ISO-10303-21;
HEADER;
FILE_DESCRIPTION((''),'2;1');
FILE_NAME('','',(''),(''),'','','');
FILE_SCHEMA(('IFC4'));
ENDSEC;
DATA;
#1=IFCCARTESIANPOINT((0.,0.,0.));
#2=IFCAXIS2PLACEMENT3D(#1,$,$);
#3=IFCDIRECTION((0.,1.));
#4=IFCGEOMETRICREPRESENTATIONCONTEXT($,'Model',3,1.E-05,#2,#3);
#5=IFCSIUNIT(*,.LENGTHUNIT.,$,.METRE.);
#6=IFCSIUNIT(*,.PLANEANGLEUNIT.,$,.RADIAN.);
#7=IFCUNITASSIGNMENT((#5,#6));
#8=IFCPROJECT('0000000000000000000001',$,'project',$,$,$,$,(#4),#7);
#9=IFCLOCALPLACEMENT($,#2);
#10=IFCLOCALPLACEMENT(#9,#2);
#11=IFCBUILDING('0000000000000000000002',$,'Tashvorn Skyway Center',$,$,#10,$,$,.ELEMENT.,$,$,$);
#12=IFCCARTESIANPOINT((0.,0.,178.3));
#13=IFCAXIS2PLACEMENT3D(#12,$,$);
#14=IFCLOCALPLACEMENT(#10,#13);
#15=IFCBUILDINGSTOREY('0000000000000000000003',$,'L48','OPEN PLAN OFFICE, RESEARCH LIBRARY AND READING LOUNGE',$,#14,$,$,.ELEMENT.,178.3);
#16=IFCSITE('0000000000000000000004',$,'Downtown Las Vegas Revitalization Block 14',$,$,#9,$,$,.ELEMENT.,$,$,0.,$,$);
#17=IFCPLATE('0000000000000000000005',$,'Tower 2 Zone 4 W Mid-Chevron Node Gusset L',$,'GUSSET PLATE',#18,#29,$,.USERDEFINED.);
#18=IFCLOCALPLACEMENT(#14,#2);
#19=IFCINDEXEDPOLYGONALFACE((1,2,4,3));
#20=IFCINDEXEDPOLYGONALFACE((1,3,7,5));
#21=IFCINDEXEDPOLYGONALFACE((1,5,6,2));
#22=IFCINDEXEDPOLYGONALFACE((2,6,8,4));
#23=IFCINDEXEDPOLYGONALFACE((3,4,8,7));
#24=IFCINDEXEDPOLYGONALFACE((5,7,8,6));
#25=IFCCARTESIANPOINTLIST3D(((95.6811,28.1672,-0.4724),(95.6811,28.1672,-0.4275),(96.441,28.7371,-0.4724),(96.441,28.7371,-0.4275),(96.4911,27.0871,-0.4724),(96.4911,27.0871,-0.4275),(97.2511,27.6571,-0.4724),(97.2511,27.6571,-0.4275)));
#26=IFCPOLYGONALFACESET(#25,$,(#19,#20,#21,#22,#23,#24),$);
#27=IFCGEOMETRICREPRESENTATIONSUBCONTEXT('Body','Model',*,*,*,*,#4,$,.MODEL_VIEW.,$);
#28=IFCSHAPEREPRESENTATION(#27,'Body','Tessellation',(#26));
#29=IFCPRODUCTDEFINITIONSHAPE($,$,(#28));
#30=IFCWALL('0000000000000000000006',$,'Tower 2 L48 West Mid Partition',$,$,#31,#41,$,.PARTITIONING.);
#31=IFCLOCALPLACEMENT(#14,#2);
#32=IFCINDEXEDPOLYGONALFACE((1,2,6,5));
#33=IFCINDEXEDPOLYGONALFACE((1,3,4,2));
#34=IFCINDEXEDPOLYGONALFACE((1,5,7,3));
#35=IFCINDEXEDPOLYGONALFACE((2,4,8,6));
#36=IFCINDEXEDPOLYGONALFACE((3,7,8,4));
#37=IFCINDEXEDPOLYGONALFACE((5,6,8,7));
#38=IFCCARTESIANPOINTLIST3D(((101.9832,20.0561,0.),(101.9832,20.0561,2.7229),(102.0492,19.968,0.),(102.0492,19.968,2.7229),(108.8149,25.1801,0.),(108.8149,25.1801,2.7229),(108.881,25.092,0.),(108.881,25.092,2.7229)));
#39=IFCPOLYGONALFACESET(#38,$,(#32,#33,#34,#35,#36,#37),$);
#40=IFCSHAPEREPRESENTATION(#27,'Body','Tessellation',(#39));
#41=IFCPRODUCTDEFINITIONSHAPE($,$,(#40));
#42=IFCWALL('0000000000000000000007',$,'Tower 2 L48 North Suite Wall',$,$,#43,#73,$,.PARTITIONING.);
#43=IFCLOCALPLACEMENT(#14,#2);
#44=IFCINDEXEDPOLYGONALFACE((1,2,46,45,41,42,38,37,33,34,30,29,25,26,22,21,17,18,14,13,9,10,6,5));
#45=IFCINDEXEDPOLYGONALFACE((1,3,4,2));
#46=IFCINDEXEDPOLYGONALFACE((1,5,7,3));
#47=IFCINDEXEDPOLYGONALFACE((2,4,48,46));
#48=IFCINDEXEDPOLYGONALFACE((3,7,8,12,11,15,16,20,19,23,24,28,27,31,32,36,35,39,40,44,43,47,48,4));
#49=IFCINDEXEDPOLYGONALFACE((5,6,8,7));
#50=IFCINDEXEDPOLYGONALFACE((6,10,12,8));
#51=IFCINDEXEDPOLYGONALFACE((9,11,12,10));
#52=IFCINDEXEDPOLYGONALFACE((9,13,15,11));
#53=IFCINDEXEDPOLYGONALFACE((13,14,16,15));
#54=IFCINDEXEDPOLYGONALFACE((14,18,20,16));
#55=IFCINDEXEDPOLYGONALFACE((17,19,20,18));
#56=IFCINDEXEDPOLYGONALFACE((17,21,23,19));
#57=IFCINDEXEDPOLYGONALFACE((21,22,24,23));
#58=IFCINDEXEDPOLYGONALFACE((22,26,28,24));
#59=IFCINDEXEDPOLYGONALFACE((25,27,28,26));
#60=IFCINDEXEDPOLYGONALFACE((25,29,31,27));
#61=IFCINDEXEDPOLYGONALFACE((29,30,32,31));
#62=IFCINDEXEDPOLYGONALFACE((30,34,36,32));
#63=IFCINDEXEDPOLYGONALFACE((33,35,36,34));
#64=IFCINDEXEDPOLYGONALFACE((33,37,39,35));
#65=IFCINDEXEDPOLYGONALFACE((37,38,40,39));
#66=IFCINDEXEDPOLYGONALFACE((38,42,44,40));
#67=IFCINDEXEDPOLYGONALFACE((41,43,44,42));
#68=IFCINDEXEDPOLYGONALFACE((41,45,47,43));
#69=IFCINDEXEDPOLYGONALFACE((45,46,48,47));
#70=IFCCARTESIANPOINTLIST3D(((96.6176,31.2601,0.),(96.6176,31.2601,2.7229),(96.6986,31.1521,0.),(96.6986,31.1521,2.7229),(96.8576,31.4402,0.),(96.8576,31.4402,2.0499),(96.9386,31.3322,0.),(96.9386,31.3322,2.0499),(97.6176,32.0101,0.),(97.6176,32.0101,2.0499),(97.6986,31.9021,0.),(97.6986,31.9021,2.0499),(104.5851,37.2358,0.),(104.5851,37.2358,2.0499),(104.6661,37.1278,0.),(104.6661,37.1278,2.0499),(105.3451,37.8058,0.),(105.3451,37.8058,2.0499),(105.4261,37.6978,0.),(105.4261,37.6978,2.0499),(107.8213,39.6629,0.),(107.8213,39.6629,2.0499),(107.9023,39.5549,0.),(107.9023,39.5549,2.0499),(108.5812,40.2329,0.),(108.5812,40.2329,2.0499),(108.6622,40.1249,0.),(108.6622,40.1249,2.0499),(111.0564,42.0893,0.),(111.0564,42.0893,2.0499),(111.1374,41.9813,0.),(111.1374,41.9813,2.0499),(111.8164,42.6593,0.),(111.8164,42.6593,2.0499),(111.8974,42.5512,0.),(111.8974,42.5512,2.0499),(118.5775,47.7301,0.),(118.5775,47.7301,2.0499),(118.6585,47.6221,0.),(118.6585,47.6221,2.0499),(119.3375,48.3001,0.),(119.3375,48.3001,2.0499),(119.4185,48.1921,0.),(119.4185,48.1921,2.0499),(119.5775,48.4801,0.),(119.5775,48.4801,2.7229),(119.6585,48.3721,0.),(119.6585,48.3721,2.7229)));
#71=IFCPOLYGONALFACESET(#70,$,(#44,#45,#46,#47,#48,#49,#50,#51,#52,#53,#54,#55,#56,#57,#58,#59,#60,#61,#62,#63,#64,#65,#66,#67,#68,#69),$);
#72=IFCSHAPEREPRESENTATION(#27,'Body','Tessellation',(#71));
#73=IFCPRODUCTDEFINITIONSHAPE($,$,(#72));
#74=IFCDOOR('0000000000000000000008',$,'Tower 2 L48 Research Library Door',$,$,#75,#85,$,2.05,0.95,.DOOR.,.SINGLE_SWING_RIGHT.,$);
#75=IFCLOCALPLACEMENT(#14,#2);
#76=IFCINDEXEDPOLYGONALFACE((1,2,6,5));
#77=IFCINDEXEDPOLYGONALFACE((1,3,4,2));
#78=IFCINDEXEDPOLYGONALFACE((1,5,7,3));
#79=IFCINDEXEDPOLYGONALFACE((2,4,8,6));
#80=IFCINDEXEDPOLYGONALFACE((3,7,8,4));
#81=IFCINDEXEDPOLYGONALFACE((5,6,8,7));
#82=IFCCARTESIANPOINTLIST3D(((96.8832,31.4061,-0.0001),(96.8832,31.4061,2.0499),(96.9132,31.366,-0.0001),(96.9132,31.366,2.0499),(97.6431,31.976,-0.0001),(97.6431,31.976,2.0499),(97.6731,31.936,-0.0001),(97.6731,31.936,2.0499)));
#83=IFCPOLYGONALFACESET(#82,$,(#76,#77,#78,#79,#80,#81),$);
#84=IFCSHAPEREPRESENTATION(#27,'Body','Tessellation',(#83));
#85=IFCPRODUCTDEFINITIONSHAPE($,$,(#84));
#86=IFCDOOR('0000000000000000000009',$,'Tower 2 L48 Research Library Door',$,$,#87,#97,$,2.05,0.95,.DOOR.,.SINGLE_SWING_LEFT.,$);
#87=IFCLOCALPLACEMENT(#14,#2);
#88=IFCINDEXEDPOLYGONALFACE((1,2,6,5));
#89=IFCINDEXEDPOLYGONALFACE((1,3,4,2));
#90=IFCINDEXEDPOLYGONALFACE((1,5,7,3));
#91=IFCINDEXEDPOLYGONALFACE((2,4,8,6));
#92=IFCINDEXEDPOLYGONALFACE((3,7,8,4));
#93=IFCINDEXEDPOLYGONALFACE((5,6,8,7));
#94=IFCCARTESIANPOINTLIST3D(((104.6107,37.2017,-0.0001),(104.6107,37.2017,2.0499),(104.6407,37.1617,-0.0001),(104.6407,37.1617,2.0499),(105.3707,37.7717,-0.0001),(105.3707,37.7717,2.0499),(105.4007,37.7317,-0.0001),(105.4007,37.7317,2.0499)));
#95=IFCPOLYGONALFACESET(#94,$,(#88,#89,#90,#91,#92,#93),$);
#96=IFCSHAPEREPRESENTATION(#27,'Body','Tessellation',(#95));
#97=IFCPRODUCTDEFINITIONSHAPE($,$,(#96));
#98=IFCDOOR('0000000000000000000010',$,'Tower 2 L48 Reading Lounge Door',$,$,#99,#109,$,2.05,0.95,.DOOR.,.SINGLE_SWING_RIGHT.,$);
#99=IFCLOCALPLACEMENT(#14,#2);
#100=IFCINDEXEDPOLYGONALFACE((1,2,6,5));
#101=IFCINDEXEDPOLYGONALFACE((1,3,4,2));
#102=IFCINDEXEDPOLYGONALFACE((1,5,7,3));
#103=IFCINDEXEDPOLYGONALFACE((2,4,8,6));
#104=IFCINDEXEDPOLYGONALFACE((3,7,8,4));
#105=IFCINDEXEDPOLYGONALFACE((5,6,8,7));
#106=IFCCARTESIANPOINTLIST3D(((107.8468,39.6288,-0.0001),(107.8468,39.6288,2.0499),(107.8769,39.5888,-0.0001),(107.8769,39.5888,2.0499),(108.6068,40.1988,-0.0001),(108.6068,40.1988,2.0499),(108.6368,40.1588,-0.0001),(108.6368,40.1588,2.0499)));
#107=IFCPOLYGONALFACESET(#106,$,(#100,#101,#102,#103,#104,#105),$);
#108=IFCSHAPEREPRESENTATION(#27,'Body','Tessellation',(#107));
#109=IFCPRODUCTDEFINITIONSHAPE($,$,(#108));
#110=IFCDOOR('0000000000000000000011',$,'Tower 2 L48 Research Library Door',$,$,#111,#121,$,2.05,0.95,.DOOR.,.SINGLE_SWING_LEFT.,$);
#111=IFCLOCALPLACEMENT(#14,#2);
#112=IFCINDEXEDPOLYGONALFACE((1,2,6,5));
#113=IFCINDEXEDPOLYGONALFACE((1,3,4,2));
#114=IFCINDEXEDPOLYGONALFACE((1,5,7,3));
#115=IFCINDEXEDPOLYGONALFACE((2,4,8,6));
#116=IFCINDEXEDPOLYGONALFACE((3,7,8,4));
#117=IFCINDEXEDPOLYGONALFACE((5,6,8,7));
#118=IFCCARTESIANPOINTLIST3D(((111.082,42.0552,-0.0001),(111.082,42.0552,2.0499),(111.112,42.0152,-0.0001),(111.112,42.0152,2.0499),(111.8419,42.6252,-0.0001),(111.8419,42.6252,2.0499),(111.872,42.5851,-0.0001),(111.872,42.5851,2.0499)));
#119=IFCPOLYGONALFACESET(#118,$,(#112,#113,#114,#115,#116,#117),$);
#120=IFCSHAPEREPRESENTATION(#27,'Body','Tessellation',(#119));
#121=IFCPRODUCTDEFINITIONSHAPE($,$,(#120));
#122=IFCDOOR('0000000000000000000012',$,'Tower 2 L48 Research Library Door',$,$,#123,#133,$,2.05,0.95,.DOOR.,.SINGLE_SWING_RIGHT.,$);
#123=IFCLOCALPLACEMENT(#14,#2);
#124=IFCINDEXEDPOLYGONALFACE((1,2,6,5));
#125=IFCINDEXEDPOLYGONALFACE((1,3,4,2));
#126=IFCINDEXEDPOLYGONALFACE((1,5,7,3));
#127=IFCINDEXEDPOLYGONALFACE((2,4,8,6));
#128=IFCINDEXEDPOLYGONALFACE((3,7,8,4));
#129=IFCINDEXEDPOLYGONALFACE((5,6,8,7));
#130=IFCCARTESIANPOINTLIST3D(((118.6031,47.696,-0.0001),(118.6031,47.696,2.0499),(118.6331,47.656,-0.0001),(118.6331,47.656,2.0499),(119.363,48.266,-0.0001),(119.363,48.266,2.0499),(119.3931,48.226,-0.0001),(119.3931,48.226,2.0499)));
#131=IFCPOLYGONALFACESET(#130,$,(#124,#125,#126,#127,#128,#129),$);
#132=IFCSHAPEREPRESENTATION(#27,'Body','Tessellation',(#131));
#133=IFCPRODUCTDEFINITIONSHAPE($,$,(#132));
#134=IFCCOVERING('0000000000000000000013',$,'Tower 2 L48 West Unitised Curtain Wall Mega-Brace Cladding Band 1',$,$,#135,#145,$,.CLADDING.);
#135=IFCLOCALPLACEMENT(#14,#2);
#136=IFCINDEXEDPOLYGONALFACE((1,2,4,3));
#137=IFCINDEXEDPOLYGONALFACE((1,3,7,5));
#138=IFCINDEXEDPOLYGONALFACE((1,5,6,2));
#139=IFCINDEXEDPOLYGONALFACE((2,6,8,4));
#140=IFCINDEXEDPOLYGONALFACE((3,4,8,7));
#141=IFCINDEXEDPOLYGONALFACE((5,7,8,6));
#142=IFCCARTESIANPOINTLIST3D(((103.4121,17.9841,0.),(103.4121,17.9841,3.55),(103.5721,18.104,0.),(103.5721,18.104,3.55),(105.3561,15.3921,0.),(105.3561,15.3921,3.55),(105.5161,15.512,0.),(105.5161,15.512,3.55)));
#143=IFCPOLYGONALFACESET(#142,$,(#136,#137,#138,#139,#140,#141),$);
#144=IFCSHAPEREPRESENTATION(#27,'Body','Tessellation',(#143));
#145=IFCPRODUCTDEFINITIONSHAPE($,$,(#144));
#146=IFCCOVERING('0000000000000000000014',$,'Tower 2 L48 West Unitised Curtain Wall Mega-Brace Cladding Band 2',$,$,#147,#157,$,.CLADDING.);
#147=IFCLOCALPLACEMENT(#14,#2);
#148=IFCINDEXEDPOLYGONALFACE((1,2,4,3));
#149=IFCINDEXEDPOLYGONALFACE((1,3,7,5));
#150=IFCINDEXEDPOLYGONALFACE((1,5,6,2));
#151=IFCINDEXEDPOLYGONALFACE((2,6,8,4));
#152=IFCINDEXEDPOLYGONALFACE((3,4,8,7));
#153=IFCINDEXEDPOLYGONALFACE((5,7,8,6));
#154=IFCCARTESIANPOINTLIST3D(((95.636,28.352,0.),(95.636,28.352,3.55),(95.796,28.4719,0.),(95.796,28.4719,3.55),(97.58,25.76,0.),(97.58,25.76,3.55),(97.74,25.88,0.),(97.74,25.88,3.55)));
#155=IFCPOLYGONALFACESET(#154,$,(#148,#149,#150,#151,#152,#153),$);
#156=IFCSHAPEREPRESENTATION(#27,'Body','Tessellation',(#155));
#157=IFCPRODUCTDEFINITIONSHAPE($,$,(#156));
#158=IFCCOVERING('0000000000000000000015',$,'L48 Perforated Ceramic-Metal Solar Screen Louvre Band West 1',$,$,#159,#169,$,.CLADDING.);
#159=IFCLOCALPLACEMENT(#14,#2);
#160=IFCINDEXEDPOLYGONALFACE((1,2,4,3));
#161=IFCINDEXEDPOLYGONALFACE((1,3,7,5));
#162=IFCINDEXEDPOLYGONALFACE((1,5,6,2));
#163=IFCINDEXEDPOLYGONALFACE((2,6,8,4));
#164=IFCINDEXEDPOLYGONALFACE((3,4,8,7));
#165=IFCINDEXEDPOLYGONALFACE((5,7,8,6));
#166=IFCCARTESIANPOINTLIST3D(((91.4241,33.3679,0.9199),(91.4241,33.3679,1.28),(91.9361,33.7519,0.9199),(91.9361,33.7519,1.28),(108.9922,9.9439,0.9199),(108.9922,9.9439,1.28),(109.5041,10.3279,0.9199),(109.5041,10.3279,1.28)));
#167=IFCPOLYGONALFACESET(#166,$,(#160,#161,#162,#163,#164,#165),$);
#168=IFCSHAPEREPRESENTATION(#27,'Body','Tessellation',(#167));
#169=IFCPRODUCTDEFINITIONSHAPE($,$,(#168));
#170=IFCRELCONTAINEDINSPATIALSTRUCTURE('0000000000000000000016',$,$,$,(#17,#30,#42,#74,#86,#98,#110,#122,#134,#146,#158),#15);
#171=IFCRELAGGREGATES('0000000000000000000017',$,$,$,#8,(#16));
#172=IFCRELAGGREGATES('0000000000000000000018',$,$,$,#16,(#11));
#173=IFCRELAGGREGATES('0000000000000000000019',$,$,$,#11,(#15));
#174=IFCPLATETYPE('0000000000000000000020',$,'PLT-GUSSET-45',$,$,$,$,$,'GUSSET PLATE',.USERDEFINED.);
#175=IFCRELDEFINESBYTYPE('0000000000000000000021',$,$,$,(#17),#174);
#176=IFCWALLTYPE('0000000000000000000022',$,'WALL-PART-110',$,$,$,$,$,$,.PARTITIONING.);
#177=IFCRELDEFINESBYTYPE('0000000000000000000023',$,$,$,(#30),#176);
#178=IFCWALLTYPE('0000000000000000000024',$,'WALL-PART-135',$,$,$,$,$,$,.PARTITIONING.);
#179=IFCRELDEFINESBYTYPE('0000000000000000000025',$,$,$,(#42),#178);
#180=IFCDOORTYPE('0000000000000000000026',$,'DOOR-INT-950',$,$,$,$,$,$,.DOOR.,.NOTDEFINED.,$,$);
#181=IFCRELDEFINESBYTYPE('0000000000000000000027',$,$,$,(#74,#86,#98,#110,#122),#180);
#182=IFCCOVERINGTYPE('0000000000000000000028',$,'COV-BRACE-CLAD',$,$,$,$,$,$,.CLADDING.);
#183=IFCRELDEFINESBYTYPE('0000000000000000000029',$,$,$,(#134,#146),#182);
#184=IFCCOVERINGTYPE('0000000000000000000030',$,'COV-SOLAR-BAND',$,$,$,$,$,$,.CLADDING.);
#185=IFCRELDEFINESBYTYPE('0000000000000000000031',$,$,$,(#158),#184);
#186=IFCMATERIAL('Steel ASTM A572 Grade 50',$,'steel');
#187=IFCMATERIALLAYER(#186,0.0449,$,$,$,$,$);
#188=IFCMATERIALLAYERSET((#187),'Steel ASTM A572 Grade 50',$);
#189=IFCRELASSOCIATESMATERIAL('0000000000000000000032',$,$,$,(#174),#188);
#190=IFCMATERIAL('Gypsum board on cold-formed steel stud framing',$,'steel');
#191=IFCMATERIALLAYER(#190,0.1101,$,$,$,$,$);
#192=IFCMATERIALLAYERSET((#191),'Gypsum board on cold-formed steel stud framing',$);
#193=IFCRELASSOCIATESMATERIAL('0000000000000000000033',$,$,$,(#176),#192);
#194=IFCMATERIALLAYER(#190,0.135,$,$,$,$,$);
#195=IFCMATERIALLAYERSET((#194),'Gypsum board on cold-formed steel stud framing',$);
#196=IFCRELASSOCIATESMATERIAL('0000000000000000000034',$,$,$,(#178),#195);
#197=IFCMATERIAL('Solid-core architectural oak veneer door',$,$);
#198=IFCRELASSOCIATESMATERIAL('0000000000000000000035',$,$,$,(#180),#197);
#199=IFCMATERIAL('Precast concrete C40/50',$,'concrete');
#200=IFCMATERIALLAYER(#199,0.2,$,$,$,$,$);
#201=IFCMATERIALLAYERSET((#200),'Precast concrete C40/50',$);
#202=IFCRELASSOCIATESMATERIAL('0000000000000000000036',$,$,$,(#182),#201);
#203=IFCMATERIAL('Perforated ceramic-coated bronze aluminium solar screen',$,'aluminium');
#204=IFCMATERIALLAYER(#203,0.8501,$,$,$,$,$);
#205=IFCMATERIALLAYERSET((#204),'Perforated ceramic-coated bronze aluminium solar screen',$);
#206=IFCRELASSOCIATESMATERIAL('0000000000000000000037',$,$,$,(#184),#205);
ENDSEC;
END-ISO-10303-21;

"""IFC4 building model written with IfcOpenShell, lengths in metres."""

from ifc_helpers import new_model, si_unit, direction, frame, frame_2d, origin, origin_2d, place, context, subcontext, project, spatial, rectangle, extrude, material, layer, layer_set, type_object, element, fill, save


model = new_model("IFC4")

# Units and contexts
model_context = context("Model", 3, precision=1e-05, world=origin(), true_north=direction((0.0, 1.0)))
body_context = subcontext(model_context, "Body", "Model", "MODEL_VIEW")
ifc_project = project(units=[si_unit("LENGTHUNIT", "METRE"), si_unit("PLANEANGLEUNIT", "RADIAN")], contexts=[model_context])

# Site, building, storey
site_placement = place(None, origin())
site = spatial("IfcSite", under=ifc_project, at=site_placement, Name="Downtown Las Vegas Revitalization Block 14", CompositionType="ELEMENT", RefElevation=0.0)
building_placement = place(site_placement, origin())
building = spatial("IfcBuilding", under=site, at=building_placement, Name="Tashvorn Skyway Center", CompositionType="ELEMENT")
storey_placement = place(building_placement, frame((0.0, 0.0, 178.3)))
storey = spatial("IfcBuildingStorey", under=building, at=storey_placement, Name="L48", Description="OPEN PLAN OFFICE, RESEARCH LIBRARY AND READING LOUNGE", CompositionType="ELEMENT", Elevation=178.3)

# Shared definitions
ifc_material_1 = material(Name="Steel ASTM A572 Grade 50", Category="steel")

# Plate
ifc_layer_1 = layer(ifc_material_1, 0.0449)
ifc_layer_set_1 = layer_set([ifc_layer_1], Name="Steel ASTM A572 Grade 50")
plate_type_1 = type_object("IfcPlateType", Name="PLT-GUSSET-45", ElementType="GUSSET PLATE", PredefinedType="USERDEFINED", material=ifc_layer_set_1)
plate_1_placement = place(storey_placement, frame((96.4661, 27.9121, -0.4724), z_axis=(0.0, 0.0, 1.0), x_axis=(0.6, -0.8, 0.0)))
element("IfcPlate", 1, at=plate_1_placement, inside=storey, type_object=plate_type_1, Name="Tower 2 Zone 4 W Mid-Chevron Node Gusset L", ObjectType="GUSSET PLATE", PredefinedType="USERDEFINED", context=body_context, shape_type="SweptSolid", body=[
    extrude(rectangle(XDim=1.3501, YDim=0.95, at=origin_2d()), origin(), (0.0, 0.0, 1.0), 0.0449),
])

# Wall
ifc_material_2 = material(Name="Gypsum board on cold-formed steel stud framing", Category="steel")
ifc_layer_2 = layer(ifc_material_2, 0.1101)
ifc_layer_set_2 = layer_set([ifc_layer_2], Name="Gypsum board on cold-formed steel stud framing")
wall_type_1 = type_object("IfcWallType", Name="WALL-PART-110", PredefinedType="PARTITIONING", material=ifc_layer_set_2)
wall_1_placement = place(storey_placement, frame((102.0161, 20.012, 0.0), z_axis=(0.0, 0.0, 1.0), x_axis=(0.79999, 0.600014, 0.0)))
element("IfcWall", 2, at=wall_1_placement, inside=storey, type_object=wall_type_1, Name="Tower 2 L48 West Mid Partition", PredefinedType="PARTITIONING", context=body_context, shape_type="SweptSolid", body=[
    extrude(rectangle(XDim=8.5398, YDim=0.1101, at=frame_2d((4.27, 0.0))), origin(), (0.0, 0.0, 1.0), 2.7229),
])

# Wall, openings, doors
ifc_layer_3 = layer(ifc_material_2, 0.135)
ifc_layer_set_3 = layer_set([ifc_layer_3], Name="Gypsum board on cold-formed steel stud framing")
wall_type_2 = type_object("IfcWallType", Name="WALL-PART-135", PredefinedType="PARTITIONING", material=ifc_layer_set_3)
wall_2_placement = place(storey_placement, frame((96.658, 31.2061, 0.0), z_axis=(0.0, 0.0, 1.0), x_axis=(0.8, 0.6, 0.0)))
wall_2 = element("IfcWall", 3, at=wall_2_placement, inside=storey, type_object=wall_type_2, Name="Tower 2 L48 North Suite Wall", PredefinedType="PARTITIONING", context=body_context, shape_type="SweptSolid", body=[
    extrude(rectangle(XDim=28.7, YDim=0.135, at=frame_2d((14.3501, 0.0))), origin(), (0.0, 0.0, 1.0), 2.7229),
])
opening_1_placement = place(wall_2_placement, frame((0.3, 0.0, 0.0)))
opening_1 = element("IfcOpeningElement", 4, at=opening_1_placement, cuts=wall_2, PredefinedType="OPENING", context=body_context, shape_type="SweptSolid", body=[
    extrude(rectangle(XDim=0.95, YDim=2.05, at=frame_2d((0.4751, 1.0249))), frame((0.0, 0.0774, 0.0), z_axis=(0.0, -1.0, 0.0), x_axis=(1.0, 0.0, 0.0)), (0.0, 0.0, 1.0), 0.155),
])
opening_2_placement = place(wall_2_placement, frame((9.9595, 0.0, 0.0)))
opening_2 = element("IfcOpeningElement", 5, at=opening_2_placement, cuts=wall_2, PredefinedType="OPENING", context=body_context, shape_type="SweptSolid", body=[
    extrude(rectangle(XDim=0.95, YDim=2.05, at=frame_2d((0.4751, 1.0249))), frame((0.0, 0.0774, 0.0), z_axis=(0.0, -1.0, 0.0), x_axis=(1.0, 0.0, 0.0)), (0.0, 0.0, 1.0), 0.155),
])
opening_3_placement = place(wall_2_placement, frame((14.0046, 0.0, 0.0)))
opening_3 = element("IfcOpeningElement", 6, at=opening_3_placement, cuts=wall_2, PredefinedType="OPENING", context=body_context, shape_type="SweptSolid", body=[
    extrude(rectangle(XDim=0.95, YDim=2.05, at=frame_2d((0.4751, 1.0249))), frame((0.0, 0.0774, 0.0), z_axis=(0.0, -1.0, 0.0), x_axis=(1.0, 0.0, 0.0)), (0.0, 0.0, 1.0), 0.155),
])
opening_4_placement = place(wall_2_placement, frame((18.0486, 0.0, 0.0)))
opening_4 = element("IfcOpeningElement", 7, at=opening_4_placement, cuts=wall_2, PredefinedType="OPENING", context=body_context, shape_type="SweptSolid", body=[
    extrude(rectangle(XDim=0.95, YDim=2.05, at=frame_2d((0.4751, 1.0249))), frame((0.0, 0.0774, 0.0), z_axis=(0.0, -1.0, 0.0), x_axis=(1.0, 0.0, 0.0)), (0.0, 0.0, 1.0), 0.155),
])
opening_5_placement = place(wall_2_placement, frame((27.45, 0.0, 0.0)))
opening_5 = element("IfcOpeningElement", 8, at=opening_5_placement, cuts=wall_2, PredefinedType="OPENING", context=body_context, shape_type="SweptSolid", body=[
    extrude(rectangle(XDim=0.95, YDim=2.05, at=frame_2d((0.4751, 1.0249))), frame((0.0, 0.0774, 0.0), z_axis=(0.0, -1.0, 0.0), x_axis=(1.0, 0.0, 0.0)), (0.0, 0.0, 1.0), 0.155),
])
ifc_material_3 = material(Name="Solid-core architectural oak veneer door")
door_type = type_object("IfcDoorType", Name="DOOR-INT-950", OperationType="NOTDEFINED", PredefinedType="DOOR", material=ifc_material_3)
door_1_placement = place(opening_1_placement, origin())
door_1 = element("IfcDoor", 9, at=door_1_placement, inside=storey, type_object=door_type, Name="Tower 2 L48 Research Library Door", OperationType="SINGLE_SWING_RIGHT", OverallHeight=2.05, OverallWidth=0.95, PredefinedType="DOOR", context=body_context, shape_type="SweptSolid", body=[
    extrude(rectangle(XDim=0.95, YDim=2.05, at=frame_2d((0.4751, 1.0249))), frame((0.0, 0.0249, 0.0), z_axis=(0.0, -1.0, 0.0), x_axis=(1.0, 0.0, 0.0)), (0.0, 0.0, 1.0), 0.05),
])
fill(opening_1, door_1)
door_2_placement = place(opening_2_placement, origin())
door_2 = element("IfcDoor", 10, at=door_2_placement, inside=storey, type_object=door_type, Name="Tower 2 L48 Research Library Door", OperationType="SINGLE_SWING_LEFT", OverallHeight=2.05, OverallWidth=0.95, PredefinedType="DOOR", context=body_context, shape_type="SweptSolid", body=[
    extrude(rectangle(XDim=0.95, YDim=2.05, at=frame_2d((0.4751, 1.0249))), frame((0.0, 0.0249, 0.0), z_axis=(0.0, -1.0, 0.0), x_axis=(1.0, 0.0, 0.0)), (0.0, 0.0, 1.0), 0.05),
])
fill(opening_2, door_2)
door_3_placement = place(opening_3_placement, origin())
door_3 = element("IfcDoor", 11, at=door_3_placement, inside=storey, type_object=door_type, Name="Tower 2 L48 Reading Lounge Door", OperationType="SINGLE_SWING_RIGHT", OverallHeight=2.05, OverallWidth=0.95, PredefinedType="DOOR", context=body_context, shape_type="SweptSolid", body=[
    extrude(rectangle(XDim=0.95, YDim=2.05, at=frame_2d((0.4751, 1.0249))), frame((0.0, 0.0249, 0.0), z_axis=(0.0, -1.0, 0.0), x_axis=(1.0, 0.0, 0.0)), (0.0, 0.0, 1.0), 0.05),
])
fill(opening_3, door_3)
door_4_placement = place(opening_4_placement, origin())
door_4 = element("IfcDoor", 12, at=door_4_placement, inside=storey, type_object=door_type, Name="Tower 2 L48 Research Library Door", OperationType="SINGLE_SWING_LEFT", OverallHeight=2.05, OverallWidth=0.95, PredefinedType="DOOR", context=body_context, shape_type="SweptSolid", body=[
    extrude(rectangle(XDim=0.95, YDim=2.05, at=frame_2d((0.4751, 1.0249))), frame((0.0, 0.0249, 0.0), z_axis=(0.0, -1.0, 0.0), x_axis=(1.0, 0.0, 0.0)), (0.0, 0.0, 1.0), 0.05),
])
fill(opening_4, door_4)
door_5_placement = place(opening_5_placement, origin())
door_5 = element("IfcDoor", 13, at=door_5_placement, inside=storey, type_object=door_type, Name="Tower 2 L48 Research Library Door", OperationType="SINGLE_SWING_RIGHT", OverallHeight=2.05, OverallWidth=0.95, PredefinedType="DOOR", context=body_context, shape_type="SweptSolid", body=[
    extrude(rectangle(XDim=0.95, YDim=2.05, at=frame_2d((0.4751, 1.0249))), frame((0.0, 0.0249, 0.0), z_axis=(0.0, -1.0, 0.0), x_axis=(1.0, 0.0, 0.0)), (0.0, 0.0, 1.0), 0.05),
])
fill(opening_5, door_5)

# Coverings
ifc_material_4 = material(Name="Precast concrete C40/50", Category="concrete")
ifc_layer_4 = layer(ifc_material_4, 0.2)
ifc_layer_set_4 = layer_set([ifc_layer_4], Name="Precast concrete C40/50")
covering_type_1 = type_object("IfcCoveringType", Name="COV-BRACE-CLAD", PredefinedType="CLADDING", material=ifc_layer_set_4)
for number, where, z_axis, x_axis, name in (
    (14, (104.4641, 16.748, 0.0), (0.0, 0.0, 1.0), (-0.6, 0.8, 0.0), "Tower 2 L48 West Unitised Curtain Wall Mega-Brace Cladding Band 1"),
    (15, (96.688, 27.116, 0.0), (0.0, 0.0, 1.0), (-0.6, 0.8, 0.0), "Tower 2 L48 West Unitised Curtain Wall Mega-Brace Cladding Band 2"),
):
    element("IfcCovering", number, at=place(storey_placement, frame(where, z_axis=z_axis, x_axis=x_axis)), inside=storey, type_object=covering_type_1, Name=name, PredefinedType="CLADDING", context=body_context, shape_type="SweptSolid", body=[
        extrude(rectangle(XDim=3.24, YDim=0.2, at=origin_2d()), origin(), (0.0, 0.0, 1.0), 3.55),
    ])
ifc_material_5 = material(Name="Perforated ceramic-coated bronze aluminium solar screen", Category="aluminium")
ifc_layer_5 = layer(ifc_material_5, 0.8501)
ifc_layer_set_5 = layer_set([ifc_layer_5], Name="Perforated ceramic-coated bronze aluminium solar screen")
covering_type_2 = type_object("IfcCoveringType", Name="COV-SOLAR-BAND", PredefinedType="CLADDING", material=ifc_layer_set_5)
for number, where, z_axis, x_axis, name in (
    (16, (100.4641, 21.8479, 0.9199), (0.0, 0.0, 1.0), (-0.6, 0.8, 0.0), "L48 Perforated Ceramic-Metal Solar Screen Louvre Band West 1"),
):
    element("IfcCovering", number, at=place(storey_placement, frame(where, z_axis=z_axis, x_axis=x_axis)), inside=storey, type_object=covering_type_2, Name=name, PredefinedType="CLADDING", context=body_context, shape_type="SweptSolid", body=[
        extrude(rectangle(XDim=29.28, YDim=0.6399, at=origin_2d()), origin(), (0.0, 0.0, 1.0), 0.3601),
    ])

save(model, "model.ifc")
